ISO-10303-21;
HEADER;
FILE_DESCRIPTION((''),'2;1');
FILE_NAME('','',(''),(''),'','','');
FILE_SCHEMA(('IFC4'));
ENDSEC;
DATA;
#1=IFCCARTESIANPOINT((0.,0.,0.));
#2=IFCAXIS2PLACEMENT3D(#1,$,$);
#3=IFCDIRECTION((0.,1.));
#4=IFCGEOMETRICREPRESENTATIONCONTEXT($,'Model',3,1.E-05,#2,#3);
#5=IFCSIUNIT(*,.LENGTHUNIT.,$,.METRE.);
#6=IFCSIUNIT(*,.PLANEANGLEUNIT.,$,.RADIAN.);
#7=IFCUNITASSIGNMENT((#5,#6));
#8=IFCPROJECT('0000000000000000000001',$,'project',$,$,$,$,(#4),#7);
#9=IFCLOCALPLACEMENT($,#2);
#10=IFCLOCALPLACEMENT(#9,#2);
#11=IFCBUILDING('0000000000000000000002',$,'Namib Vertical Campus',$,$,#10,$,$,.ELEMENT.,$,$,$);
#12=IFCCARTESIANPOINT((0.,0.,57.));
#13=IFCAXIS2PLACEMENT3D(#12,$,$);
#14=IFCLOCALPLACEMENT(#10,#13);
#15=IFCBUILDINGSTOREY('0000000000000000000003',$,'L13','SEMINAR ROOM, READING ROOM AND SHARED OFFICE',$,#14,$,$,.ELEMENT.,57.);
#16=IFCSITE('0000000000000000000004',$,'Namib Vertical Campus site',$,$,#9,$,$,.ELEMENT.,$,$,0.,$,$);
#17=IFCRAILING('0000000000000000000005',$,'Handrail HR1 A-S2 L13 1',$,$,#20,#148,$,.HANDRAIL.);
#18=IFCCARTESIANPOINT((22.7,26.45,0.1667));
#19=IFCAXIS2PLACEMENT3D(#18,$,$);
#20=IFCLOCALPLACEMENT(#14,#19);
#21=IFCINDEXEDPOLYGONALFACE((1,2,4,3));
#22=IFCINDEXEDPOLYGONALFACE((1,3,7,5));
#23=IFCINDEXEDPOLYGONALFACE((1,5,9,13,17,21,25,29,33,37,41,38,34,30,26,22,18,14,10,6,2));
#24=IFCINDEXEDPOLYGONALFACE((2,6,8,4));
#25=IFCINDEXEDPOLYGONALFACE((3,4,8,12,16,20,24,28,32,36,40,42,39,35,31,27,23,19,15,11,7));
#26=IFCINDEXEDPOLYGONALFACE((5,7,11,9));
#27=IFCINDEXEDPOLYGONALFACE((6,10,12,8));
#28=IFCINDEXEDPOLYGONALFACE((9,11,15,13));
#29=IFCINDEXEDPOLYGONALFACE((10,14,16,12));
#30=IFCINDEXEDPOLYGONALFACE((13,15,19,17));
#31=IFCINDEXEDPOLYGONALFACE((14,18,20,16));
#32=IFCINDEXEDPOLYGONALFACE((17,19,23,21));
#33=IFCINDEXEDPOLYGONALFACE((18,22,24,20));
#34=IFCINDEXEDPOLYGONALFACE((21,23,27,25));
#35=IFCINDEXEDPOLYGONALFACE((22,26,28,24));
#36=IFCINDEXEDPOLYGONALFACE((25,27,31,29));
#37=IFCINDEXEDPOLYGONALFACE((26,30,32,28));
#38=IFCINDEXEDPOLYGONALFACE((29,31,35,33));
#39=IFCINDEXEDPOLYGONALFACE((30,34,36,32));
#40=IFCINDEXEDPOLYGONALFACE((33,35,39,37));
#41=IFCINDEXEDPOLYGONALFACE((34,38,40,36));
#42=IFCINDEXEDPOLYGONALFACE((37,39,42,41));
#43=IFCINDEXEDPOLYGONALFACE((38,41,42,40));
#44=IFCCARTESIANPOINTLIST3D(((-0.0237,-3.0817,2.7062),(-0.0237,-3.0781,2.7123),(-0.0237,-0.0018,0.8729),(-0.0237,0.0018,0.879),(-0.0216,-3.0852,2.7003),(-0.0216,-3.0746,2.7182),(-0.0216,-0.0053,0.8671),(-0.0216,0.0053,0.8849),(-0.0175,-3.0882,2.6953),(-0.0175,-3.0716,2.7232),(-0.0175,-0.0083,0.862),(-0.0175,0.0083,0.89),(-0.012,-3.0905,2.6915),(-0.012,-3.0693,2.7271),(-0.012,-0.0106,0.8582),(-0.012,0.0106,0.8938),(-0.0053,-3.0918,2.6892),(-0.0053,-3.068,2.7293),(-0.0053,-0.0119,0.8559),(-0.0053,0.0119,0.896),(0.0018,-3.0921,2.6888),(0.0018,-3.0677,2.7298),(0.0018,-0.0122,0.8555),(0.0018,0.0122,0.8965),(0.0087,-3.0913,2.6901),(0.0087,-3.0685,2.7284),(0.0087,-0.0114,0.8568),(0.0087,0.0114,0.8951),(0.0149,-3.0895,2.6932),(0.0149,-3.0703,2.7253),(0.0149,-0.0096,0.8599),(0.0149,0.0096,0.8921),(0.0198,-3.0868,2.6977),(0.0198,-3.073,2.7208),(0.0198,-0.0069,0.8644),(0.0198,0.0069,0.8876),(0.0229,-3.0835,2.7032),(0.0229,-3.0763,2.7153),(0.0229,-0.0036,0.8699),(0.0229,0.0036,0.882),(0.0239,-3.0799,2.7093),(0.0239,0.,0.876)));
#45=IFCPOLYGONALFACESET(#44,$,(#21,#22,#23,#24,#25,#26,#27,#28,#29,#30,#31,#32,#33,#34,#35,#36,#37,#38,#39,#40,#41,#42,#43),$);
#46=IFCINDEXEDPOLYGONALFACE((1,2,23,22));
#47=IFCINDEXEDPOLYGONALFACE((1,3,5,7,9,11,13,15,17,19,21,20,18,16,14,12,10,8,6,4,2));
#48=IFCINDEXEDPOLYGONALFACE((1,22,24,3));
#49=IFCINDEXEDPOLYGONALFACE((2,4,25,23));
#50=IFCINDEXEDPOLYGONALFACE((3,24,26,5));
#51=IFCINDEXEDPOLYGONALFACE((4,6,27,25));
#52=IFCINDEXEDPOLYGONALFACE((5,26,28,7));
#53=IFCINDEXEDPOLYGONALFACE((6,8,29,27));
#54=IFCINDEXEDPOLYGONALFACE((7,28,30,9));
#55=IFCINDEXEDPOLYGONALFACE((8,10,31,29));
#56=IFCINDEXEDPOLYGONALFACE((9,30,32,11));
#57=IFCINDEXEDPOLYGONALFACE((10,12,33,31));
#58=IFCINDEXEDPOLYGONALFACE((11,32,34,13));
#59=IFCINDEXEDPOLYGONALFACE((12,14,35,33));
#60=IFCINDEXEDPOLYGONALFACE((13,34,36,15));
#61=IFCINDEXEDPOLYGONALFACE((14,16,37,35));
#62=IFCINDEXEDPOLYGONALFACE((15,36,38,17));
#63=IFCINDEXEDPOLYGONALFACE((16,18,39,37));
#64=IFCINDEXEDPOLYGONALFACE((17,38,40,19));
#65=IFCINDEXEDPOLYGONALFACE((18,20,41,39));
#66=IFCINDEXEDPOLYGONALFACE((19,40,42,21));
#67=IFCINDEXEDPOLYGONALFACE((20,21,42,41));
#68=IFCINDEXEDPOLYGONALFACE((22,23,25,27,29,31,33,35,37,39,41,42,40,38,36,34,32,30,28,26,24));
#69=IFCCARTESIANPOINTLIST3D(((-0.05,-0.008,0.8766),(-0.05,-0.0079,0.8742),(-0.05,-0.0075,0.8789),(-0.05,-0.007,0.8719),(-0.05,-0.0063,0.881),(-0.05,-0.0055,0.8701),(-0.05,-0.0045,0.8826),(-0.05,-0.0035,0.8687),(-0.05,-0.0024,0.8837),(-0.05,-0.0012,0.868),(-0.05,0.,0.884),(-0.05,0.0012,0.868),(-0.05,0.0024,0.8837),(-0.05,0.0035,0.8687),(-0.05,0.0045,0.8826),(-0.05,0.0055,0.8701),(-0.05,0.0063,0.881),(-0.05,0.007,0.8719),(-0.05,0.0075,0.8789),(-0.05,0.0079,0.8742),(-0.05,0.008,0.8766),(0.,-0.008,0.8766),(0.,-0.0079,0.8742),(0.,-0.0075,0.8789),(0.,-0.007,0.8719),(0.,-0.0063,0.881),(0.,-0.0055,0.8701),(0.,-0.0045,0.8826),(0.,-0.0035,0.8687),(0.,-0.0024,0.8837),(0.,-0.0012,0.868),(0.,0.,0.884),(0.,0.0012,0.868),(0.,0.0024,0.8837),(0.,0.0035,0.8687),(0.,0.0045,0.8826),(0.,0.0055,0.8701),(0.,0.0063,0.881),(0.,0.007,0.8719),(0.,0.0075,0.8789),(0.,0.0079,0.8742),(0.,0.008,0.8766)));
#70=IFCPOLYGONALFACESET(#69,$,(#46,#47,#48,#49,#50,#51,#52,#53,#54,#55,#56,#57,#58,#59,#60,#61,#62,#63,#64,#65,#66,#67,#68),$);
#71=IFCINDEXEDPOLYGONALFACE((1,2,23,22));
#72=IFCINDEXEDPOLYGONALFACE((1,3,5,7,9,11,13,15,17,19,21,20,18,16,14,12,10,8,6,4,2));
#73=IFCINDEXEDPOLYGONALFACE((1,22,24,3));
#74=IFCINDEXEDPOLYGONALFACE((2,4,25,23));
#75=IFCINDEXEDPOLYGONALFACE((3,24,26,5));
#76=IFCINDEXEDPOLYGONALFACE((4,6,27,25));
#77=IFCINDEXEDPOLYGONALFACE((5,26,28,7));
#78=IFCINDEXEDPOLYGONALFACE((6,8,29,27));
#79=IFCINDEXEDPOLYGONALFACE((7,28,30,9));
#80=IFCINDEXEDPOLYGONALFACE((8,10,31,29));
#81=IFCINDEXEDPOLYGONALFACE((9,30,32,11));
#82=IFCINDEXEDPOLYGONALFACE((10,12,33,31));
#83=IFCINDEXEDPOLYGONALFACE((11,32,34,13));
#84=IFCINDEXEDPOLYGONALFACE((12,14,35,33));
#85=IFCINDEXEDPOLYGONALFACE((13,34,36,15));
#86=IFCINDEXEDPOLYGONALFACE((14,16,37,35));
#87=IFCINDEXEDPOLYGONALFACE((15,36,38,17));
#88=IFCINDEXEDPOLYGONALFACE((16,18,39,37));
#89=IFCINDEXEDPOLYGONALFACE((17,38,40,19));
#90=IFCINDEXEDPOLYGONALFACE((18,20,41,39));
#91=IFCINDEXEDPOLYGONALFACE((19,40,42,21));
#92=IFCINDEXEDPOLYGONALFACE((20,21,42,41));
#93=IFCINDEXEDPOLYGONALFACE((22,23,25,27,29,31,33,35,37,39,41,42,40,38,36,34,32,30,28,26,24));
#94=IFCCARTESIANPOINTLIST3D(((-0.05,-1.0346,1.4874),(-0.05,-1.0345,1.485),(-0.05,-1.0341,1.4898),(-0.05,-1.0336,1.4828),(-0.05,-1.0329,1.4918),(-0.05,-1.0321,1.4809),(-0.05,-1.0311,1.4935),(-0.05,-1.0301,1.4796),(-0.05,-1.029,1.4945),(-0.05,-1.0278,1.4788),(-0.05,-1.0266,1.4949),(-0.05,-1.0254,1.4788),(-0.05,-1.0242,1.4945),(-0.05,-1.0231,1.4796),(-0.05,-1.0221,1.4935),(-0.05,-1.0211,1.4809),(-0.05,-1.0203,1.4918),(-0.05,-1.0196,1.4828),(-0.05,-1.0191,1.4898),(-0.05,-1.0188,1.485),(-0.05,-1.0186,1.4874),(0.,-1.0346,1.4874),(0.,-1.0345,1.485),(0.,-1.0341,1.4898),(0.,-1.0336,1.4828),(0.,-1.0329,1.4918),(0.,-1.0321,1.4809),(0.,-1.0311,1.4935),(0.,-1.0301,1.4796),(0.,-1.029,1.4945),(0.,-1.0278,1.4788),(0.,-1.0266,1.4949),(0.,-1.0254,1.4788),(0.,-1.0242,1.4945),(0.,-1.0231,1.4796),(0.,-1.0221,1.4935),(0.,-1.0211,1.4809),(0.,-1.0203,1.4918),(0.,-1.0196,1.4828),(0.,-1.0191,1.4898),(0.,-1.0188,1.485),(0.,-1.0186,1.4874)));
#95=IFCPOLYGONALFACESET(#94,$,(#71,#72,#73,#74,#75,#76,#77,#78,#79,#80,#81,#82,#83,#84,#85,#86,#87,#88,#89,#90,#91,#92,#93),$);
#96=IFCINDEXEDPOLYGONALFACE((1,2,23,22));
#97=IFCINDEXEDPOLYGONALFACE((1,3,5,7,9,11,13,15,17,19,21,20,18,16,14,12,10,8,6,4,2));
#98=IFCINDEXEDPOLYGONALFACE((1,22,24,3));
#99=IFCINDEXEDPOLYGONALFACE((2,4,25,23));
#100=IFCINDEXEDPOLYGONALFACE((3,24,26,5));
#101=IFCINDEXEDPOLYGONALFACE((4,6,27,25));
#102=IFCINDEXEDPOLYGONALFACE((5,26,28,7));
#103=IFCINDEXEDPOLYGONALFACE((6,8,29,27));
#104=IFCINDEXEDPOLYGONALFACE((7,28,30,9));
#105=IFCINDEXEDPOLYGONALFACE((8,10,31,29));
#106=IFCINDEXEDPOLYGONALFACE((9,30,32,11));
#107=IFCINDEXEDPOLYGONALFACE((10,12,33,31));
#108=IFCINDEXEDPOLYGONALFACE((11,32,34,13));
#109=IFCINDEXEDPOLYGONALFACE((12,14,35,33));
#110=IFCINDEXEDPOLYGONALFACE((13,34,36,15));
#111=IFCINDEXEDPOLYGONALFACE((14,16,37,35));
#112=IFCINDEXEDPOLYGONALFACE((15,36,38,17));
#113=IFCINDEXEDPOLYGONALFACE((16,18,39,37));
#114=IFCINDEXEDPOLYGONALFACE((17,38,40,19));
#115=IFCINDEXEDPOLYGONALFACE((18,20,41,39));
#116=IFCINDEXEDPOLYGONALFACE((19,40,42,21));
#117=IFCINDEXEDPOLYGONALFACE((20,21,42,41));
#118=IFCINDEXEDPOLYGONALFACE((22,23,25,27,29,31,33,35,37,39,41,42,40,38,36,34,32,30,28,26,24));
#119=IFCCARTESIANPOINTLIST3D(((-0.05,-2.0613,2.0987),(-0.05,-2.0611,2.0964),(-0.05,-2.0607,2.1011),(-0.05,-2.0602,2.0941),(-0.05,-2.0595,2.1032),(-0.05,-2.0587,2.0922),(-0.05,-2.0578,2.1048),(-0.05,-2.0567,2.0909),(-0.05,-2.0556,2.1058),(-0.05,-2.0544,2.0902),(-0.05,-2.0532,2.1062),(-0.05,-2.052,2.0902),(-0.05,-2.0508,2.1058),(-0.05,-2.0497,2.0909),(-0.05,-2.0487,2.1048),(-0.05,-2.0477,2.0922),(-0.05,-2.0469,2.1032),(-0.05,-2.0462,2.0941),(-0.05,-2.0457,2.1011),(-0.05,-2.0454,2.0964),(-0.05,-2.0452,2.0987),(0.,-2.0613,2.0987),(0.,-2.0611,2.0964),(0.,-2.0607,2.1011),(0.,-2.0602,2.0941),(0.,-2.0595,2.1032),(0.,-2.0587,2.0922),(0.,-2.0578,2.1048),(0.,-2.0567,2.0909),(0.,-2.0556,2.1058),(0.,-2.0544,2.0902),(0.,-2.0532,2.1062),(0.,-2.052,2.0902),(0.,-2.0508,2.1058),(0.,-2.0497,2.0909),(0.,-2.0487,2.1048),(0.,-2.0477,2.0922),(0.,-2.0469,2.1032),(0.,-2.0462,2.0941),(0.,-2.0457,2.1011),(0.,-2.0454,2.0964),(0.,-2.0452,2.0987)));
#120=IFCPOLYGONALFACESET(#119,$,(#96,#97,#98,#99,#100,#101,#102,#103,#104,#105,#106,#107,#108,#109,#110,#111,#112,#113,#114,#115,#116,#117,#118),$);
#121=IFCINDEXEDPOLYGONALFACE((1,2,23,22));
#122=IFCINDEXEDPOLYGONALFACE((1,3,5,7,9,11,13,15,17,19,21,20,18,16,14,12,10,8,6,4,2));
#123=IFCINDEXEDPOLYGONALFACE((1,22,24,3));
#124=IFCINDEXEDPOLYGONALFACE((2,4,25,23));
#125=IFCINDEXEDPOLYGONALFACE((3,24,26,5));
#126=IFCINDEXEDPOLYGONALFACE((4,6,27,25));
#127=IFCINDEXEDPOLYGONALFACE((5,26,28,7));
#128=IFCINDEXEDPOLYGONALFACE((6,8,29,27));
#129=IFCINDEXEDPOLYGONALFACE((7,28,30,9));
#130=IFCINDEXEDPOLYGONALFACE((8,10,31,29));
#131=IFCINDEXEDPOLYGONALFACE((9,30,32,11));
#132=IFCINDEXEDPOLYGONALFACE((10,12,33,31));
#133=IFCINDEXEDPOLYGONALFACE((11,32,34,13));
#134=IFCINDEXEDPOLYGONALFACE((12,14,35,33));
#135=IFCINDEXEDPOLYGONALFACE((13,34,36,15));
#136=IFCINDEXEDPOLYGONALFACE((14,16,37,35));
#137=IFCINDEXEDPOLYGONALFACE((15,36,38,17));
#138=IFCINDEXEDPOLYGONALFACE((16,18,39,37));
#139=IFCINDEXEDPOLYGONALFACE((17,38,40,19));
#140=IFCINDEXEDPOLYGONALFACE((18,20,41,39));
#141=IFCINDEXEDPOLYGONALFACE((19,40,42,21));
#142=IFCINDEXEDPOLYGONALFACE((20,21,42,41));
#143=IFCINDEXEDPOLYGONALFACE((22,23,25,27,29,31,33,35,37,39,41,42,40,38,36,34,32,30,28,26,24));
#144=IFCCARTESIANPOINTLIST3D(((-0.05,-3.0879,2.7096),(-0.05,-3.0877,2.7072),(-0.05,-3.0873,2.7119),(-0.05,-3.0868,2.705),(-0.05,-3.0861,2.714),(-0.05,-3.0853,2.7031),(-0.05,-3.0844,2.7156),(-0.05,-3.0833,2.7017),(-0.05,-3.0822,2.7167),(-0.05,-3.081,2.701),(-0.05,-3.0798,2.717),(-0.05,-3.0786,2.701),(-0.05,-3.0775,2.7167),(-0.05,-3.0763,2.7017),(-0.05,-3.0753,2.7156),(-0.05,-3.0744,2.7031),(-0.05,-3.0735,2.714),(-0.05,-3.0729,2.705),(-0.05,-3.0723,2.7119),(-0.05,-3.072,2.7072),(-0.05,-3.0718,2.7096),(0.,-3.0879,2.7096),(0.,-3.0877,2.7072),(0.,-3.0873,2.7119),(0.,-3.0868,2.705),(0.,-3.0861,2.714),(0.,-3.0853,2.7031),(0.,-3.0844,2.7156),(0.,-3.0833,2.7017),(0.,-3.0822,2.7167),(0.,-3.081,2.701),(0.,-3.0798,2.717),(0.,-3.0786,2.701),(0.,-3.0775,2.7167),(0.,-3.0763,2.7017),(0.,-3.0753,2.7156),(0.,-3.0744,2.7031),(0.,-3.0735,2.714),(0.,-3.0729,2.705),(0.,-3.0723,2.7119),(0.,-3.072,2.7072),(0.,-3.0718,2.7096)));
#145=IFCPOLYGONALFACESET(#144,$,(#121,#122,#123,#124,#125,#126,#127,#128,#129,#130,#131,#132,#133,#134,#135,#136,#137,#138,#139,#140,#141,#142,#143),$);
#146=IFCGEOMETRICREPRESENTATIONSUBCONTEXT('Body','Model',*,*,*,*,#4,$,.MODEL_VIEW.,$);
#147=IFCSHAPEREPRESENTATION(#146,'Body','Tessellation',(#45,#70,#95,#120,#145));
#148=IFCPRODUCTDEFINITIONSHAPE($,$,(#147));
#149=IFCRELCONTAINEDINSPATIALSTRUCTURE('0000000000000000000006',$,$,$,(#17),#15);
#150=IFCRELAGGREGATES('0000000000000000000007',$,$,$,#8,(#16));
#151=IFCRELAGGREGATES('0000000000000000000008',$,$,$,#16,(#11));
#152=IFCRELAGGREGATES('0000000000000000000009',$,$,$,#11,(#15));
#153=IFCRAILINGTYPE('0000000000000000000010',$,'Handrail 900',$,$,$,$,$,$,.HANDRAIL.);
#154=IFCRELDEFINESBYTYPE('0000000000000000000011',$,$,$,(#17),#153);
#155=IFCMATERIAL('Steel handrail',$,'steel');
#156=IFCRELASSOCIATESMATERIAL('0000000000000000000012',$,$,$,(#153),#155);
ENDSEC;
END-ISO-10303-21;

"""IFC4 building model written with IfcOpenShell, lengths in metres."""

from ifc_helpers import new_model, si_unit, direction, frame, origin, origin_2d, place, context, subcontext, project, spatial, circle, extrude, material, type_object, element, save


model = new_model("IFC4")

# Units and contexts
model_context = context("Model", 3, precision=1e-05, world=origin(), true_north=direction((0.0, 1.0)))
body_context = subcontext(model_context, "Body", "Model", "MODEL_VIEW")
ifc_project = project(units=[si_unit("LENGTHUNIT", "METRE"), si_unit("PLANEANGLEUNIT", "RADIAN")], contexts=[model_context])

# Site, building, storey
site_placement = place(None, origin())
site = spatial("IfcSite", under=ifc_project, at=site_placement, Name="Namib Vertical Campus site", CompositionType="ELEMENT", RefElevation=0.0)
building_placement = place(site_placement, origin())
building = spatial("IfcBuilding", under=site, at=building_placement, Name="Namib Vertical Campus", CompositionType="ELEMENT")
storey_placement = place(building_placement, frame((0.0, 0.0, 57.0)))
storey = spatial("IfcBuildingStorey", under=building, at=storey_placement, Name="L13", Description="SEMINAR ROOM, READING ROOM AND SHARED OFFICE", CompositionType="ELEMENT", Elevation=57.0)

# Railing
ifc_material_1 = material(Name="Steel handrail", Category="steel")
railing_type_1 = type_object("IfcRailingType", Name="Handrail 900", PredefinedType="HANDRAIL", material=ifc_material_1)
railing_1_placement = place(storey_placement, frame((22.7, 26.45, 0.1667)))
element("IfcRailing", 1, at=railing_1_placement, inside=storey, type_object=railing_type_1, Name="Handrail HR1 A-S2 L13 1", PredefinedType="HANDRAIL", context=body_context, shape_type="SweptSolid", body=[
    extrude(circle(Radius=0.0239, at=origin_2d()), frame((0.0, 0.0, 0.876), z_axis=(0.0, -0.859291, 0.511487), x_axis=(1.0, 0.0, 0.0)), (0.0, 0.0, 1.0), 3.5842),
    extrude(circle(Radius=0.0081, at=origin_2d()), frame((0.0, 0.0, 0.876), z_axis=(-1.0, 0.0, 0.0), x_axis=(0.0, 0.0, 1.0)), (0.0, 0.0, 1.0), 0.05),
    extrude(circle(Radius=0.0081, at=origin_2d()), frame((0.0, -1.0266, 1.4868), z_axis=(-1.0, 0.0, 0.0), x_axis=(0.0, 0.0, 1.0)), (0.0, 0.0, 1.0), 0.05),
    extrude(circle(Radius=0.0081, at=origin_2d()), frame((0.0, -2.0532, 2.0981), z_axis=(-1.0, 0.0, 0.0), x_axis=(0.0, 0.0, 1.0)), (0.0, 0.0, 1.0), 0.05),
    extrude(circle(Radius=0.0081, at=origin_2d()), frame((0.0, -3.0798, 2.709), z_axis=(-1.0, 0.0, 0.0), x_axis=(0.0, 0.0, 1.0)), (0.0, 0.0, 1.0), 0.05),
])

save(model, "model.ifc")
